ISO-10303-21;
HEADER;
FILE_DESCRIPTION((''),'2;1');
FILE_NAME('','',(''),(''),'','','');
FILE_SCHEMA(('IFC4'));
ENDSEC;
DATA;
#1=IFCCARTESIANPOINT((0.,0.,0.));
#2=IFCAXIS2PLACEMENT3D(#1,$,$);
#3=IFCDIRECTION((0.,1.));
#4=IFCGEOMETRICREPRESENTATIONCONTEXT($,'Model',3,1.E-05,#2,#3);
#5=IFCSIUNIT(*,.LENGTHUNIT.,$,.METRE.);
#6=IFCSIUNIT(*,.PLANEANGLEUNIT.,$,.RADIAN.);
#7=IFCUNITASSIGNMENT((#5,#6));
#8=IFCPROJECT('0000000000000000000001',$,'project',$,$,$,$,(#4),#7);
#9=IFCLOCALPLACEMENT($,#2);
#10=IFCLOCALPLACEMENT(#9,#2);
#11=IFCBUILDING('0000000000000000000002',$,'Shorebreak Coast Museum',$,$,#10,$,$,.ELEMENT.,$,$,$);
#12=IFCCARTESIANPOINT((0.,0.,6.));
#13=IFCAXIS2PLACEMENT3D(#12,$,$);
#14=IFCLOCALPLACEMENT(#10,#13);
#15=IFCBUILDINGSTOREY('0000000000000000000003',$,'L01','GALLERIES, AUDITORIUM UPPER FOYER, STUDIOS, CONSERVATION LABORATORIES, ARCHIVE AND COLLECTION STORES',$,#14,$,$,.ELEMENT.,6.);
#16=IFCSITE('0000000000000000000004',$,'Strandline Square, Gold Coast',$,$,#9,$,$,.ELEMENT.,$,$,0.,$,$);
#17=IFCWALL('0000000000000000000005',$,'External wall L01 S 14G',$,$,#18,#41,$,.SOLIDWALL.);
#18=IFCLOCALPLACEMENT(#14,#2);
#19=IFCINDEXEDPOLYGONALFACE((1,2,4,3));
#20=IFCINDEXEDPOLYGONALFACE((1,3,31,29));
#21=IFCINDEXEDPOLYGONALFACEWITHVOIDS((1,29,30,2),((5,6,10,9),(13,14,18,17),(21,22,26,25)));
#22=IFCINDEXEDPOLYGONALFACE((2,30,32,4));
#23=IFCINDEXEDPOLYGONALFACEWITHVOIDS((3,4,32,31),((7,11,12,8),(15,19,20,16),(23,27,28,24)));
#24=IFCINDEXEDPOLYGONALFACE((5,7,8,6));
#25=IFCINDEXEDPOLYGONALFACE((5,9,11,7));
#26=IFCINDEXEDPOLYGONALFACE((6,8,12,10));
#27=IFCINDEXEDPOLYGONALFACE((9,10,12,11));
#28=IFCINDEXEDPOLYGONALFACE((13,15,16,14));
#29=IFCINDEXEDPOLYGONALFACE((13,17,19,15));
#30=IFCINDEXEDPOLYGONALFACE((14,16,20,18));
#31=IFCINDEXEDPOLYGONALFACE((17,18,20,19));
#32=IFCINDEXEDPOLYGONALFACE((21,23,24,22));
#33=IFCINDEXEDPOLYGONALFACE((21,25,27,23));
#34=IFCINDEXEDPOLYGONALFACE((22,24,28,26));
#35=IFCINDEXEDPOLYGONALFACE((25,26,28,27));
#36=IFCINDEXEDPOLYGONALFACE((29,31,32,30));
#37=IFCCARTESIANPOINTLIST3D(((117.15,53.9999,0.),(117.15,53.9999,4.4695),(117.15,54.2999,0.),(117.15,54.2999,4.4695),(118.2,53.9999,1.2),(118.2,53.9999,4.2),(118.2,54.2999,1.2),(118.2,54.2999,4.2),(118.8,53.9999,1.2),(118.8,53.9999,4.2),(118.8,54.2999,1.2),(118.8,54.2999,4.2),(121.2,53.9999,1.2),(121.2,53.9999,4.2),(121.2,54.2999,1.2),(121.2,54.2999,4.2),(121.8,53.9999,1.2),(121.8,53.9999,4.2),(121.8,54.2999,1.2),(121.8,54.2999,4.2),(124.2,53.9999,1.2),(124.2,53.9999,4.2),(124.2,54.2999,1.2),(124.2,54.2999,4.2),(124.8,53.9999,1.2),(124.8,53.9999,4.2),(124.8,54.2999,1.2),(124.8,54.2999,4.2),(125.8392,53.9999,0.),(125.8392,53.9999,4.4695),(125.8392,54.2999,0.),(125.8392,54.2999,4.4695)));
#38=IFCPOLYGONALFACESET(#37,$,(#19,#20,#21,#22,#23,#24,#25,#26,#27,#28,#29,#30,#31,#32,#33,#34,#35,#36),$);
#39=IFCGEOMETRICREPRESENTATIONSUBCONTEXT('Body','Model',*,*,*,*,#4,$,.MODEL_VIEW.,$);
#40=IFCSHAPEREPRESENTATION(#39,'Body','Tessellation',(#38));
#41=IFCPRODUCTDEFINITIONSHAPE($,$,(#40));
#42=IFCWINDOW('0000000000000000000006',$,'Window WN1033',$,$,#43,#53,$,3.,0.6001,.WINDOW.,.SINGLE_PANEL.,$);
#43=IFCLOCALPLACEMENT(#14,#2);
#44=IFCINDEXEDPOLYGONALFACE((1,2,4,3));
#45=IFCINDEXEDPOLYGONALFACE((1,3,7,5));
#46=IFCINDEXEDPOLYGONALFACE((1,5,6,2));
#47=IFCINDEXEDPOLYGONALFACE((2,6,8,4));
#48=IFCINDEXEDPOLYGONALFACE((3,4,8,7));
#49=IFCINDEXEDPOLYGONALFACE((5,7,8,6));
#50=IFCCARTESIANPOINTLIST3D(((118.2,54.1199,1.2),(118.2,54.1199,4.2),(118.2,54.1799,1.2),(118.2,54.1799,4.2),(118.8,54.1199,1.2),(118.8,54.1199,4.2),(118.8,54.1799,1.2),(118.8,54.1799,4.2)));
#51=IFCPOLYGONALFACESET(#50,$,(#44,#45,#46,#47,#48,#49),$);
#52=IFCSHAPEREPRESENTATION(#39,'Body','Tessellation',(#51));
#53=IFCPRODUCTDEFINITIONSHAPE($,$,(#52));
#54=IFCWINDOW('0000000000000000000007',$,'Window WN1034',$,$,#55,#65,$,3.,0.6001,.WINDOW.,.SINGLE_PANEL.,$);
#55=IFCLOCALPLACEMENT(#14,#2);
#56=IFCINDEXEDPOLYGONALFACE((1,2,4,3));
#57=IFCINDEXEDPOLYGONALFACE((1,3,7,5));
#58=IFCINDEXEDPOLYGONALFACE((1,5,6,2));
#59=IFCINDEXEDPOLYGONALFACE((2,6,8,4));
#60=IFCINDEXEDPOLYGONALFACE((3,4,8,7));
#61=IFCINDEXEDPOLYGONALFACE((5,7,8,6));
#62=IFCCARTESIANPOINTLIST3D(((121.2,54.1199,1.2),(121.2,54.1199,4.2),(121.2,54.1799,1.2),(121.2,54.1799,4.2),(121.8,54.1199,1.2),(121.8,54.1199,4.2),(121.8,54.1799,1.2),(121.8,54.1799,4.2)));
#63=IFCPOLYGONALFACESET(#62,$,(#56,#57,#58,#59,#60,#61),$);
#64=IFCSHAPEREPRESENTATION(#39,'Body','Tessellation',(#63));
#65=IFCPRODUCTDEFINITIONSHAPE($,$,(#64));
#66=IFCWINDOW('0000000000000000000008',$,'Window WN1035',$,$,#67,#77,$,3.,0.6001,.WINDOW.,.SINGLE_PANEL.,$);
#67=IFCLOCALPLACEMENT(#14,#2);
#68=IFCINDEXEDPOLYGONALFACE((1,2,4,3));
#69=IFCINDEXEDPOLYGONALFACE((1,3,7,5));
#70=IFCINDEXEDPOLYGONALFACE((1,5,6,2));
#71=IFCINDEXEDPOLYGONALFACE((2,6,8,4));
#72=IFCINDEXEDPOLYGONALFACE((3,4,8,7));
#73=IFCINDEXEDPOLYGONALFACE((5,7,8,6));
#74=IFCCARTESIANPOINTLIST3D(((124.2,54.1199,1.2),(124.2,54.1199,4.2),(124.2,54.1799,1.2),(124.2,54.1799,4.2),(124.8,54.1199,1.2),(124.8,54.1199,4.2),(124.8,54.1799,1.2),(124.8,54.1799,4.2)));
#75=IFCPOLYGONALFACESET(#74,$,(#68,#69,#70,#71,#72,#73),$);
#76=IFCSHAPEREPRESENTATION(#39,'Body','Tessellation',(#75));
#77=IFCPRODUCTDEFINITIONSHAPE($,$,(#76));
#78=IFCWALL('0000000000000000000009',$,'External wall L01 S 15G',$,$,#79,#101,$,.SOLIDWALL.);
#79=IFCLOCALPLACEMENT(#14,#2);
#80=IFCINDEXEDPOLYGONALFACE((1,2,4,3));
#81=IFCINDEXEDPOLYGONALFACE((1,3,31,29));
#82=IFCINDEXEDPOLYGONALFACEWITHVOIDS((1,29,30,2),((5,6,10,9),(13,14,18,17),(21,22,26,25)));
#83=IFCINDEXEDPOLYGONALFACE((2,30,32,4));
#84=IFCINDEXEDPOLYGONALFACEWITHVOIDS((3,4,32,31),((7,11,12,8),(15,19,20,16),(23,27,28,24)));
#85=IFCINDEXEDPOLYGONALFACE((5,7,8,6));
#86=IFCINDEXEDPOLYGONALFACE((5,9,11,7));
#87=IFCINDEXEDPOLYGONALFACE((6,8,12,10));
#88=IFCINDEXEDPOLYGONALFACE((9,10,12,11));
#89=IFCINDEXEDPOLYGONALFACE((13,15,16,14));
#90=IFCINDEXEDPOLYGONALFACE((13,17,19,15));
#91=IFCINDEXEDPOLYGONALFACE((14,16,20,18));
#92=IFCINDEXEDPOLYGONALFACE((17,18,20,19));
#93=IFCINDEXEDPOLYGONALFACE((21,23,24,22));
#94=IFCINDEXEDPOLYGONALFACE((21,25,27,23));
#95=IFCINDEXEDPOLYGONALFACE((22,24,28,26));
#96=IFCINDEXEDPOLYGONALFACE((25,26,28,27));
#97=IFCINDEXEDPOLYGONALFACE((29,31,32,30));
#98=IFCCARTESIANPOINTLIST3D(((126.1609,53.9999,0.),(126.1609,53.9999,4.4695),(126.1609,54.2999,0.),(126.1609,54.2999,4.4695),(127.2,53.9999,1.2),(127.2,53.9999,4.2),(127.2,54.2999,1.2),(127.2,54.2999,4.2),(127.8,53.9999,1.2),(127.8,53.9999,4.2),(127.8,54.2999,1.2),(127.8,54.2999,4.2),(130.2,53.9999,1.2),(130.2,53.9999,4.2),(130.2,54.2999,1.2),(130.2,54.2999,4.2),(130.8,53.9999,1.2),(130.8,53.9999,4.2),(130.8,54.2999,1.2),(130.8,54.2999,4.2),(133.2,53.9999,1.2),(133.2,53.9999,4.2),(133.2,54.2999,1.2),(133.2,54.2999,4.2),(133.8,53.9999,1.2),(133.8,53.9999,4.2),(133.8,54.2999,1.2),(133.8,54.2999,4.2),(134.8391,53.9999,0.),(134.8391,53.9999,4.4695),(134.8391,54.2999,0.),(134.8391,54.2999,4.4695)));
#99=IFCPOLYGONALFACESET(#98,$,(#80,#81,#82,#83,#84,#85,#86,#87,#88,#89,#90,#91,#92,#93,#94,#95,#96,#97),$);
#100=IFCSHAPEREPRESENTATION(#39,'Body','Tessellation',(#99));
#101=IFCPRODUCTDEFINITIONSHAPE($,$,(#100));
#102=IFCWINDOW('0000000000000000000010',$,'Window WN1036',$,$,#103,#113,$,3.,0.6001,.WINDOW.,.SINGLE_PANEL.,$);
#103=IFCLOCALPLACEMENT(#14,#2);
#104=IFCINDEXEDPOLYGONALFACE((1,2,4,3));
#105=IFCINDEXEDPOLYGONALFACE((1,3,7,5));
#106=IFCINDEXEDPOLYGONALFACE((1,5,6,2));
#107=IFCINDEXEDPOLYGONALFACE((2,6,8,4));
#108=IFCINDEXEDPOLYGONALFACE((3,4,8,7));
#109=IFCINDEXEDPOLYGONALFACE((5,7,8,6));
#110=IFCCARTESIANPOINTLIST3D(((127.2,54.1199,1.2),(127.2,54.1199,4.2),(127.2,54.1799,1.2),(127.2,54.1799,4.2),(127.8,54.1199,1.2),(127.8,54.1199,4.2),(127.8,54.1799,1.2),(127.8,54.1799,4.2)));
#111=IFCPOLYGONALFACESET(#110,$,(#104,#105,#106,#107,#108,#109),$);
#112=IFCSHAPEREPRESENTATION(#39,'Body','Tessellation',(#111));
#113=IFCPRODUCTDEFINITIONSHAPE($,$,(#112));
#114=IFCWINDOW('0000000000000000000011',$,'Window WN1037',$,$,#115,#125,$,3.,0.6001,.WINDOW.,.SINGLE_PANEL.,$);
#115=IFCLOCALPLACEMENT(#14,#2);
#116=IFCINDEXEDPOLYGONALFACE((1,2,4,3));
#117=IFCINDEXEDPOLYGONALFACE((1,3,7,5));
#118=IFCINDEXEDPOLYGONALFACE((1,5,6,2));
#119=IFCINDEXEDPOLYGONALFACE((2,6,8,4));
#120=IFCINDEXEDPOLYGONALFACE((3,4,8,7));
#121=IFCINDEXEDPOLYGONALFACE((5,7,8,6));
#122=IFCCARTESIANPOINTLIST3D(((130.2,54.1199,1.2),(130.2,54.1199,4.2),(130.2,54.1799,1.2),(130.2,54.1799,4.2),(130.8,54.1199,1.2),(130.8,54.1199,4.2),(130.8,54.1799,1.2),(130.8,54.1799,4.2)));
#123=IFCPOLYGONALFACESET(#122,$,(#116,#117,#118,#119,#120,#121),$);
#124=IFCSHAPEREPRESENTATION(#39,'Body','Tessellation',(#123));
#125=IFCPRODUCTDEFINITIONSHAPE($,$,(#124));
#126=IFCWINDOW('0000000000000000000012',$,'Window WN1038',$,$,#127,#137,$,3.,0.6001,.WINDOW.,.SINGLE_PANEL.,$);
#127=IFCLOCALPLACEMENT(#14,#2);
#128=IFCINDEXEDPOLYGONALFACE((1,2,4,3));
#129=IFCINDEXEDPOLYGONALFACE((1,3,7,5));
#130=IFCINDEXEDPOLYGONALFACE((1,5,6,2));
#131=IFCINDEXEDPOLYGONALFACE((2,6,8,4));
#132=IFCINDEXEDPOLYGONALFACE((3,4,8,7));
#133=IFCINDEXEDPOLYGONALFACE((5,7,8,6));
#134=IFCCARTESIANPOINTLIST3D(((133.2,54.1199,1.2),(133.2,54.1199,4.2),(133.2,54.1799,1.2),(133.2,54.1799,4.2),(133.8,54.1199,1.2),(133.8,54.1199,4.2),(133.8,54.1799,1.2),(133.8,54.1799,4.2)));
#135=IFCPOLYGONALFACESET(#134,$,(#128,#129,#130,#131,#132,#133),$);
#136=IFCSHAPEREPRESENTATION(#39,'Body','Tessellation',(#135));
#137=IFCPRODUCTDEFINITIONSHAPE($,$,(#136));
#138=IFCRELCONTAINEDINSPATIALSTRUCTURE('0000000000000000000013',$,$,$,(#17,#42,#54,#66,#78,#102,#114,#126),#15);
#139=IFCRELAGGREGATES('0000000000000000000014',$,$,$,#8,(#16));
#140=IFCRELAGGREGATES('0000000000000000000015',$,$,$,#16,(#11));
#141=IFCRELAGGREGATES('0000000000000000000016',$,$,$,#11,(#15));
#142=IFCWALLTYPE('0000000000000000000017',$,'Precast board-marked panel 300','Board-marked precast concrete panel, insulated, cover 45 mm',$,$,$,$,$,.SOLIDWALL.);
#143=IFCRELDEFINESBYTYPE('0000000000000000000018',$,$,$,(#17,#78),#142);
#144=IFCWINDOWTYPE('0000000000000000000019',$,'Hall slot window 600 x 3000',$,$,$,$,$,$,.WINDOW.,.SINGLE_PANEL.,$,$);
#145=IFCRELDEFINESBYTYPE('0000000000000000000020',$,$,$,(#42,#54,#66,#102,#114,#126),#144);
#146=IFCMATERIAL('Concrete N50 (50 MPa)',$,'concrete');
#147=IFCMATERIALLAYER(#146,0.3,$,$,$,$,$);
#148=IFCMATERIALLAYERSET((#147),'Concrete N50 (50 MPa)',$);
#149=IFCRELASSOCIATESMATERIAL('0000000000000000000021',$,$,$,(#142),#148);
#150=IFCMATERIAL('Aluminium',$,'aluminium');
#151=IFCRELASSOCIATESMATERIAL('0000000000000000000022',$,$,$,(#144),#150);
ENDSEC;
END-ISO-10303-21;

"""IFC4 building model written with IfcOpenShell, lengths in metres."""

from ifc_helpers import new_model, si_unit, direction, frame, frame_2d, origin, place, context, subcontext, project, spatial, rectangle, extrude, material, layer, layer_set, type_object, element, fill, save


model = new_model("IFC4")

# Units and contexts
model_context = context("Model", 3, precision=1e-05, world=origin(), true_north=direction((0.0, 1.0)))
body_context = subcontext(model_context, "Body", "Model", "MODEL_VIEW")
ifc_project = project(units=[si_unit("LENGTHUNIT", "METRE"), si_unit("PLANEANGLEUNIT", "RADIAN")], contexts=[model_context])

# Site, building, storey
site_placement = place(None, origin())
site = spatial("IfcSite", under=ifc_project, at=site_placement, Name="Strandline Square, Gold Coast", CompositionType="ELEMENT", RefElevation=0.0)
building_placement = place(site_placement, origin())
building = spatial("IfcBuilding", under=site, at=building_placement, Name="Shorebreak Coast Museum", CompositionType="ELEMENT")
storey_placement = place(building_placement, frame((0.0, 0.0, 6.0)))
storey = spatial("IfcBuildingStorey", under=building, at=storey_placement, Name="L01", Description="GALLERIES, AUDITORIUM UPPER FOYER, STUDIOS, CONSERVATION LABORATORIES, ARCHIVE AND COLLECTION STORES", CompositionType="ELEMENT", Elevation=6.0)

# Walls, openings, windows
ifc_material_1 = material(Name="Concrete N50 (50 MPa)", Category="concrete")
ifc_layer_1 = layer(ifc_material_1, 0.3)
ifc_layer_set_1 = layer_set([ifc_layer_1], Name="Concrete N50 (50 MPa)")
wall_type_1 = type_object("IfcWallType", Name="Precast board-marked panel 300", Description="Board-marked precast concrete panel, insulated, cover 45 mm", PredefinedType="SOLIDWALL", material=ifc_layer_set_1)
wall_1_placement = place(storey_placement, frame((117.1499, 54.1499, 0.0), z_axis=(0.0, 0.0, 1.0), x_axis=(1.0, 0.0, 0.0)))
wall_1 = element("IfcWall", 1, at=wall_1_placement, inside=storey, type_object=wall_type_1, Name="External wall L01 S 14G", PredefinedType="SOLIDWALL", context=body_context, shape_type="SweptSolid", body=[
    extrude(rectangle(XDim=8.6892, YDim=0.3, at=frame_2d((4.3447, 0.0))), origin(), (0.0, 0.0, 1.0), 4.4695),
])
opening_1_placement = place(wall_1_placement, frame((1.05, 0.0, 1.2)))
opening_1 = element("IfcOpeningElement", 2, at=opening_1_placement, cuts=wall_1, PredefinedType="OPENING", context=body_context, shape_type="SweptSolid", body=[
    extrude(rectangle(XDim=0.6001, YDim=3.0, at=frame_2d((0.3, 1.5))), frame((0.0, 0.1599, 0.0), z_axis=(0.0, -1.0, 0.0), x_axis=(1.0, 0.0, 0.0)), (0.0, 0.0, 1.0), 0.3201),
])
opening_2_placement = place(wall_1_placement, frame((4.05, 0.0, 1.2)))
opening_2 = element("IfcOpeningElement", 3, at=opening_2_placement, cuts=wall_1, PredefinedType="OPENING", context=body_context, shape_type="SweptSolid", body=[
    extrude(rectangle(XDim=0.6001, YDim=3.0, at=frame_2d((0.3, 1.5))), frame((0.0, 0.1599, 0.0), z_axis=(0.0, -1.0, 0.0), x_axis=(1.0, 0.0, 0.0)), (0.0, 0.0, 1.0), 0.3201),
])
opening_3_placement = place(wall_1_placement, frame((7.05, 0.0, 1.2)))
opening_3 = element("IfcOpeningElement", 4, at=opening_3_placement, cuts=wall_1, PredefinedType="OPENING", context=body_context, shape_type="SweptSolid", body=[
    extrude(rectangle(XDim=0.6001, YDim=3.0, at=frame_2d((0.3, 1.5))), frame((0.0, 0.1599, 0.0), z_axis=(0.0, -1.0, 0.0), x_axis=(1.0, 0.0, 0.0)), (0.0, 0.0, 1.0), 0.3201),
])
ifc_material_2 = material(Name="Aluminium", Category="aluminium")
window_type = type_object("IfcWindowType", Name="Hall slot window 600 x 3000", PartitioningType="SINGLE_PANEL", PredefinedType="WINDOW", material=ifc_material_2)
window_1_placement = place(opening_1_placement, origin())
window_1 = element("IfcWindow", 5, at=window_1_placement, inside=storey, type_object=window_type, Name="Window WN1033", OverallHeight=3.0, OverallWidth=0.6001, PartitioningType="SINGLE_PANEL", PredefinedType="WINDOW", context=body_context, shape_type="SweptSolid", body=[
    extrude(rectangle(XDim=0.6001, YDim=3.0, at=frame_2d((0.3, 1.5))), frame((0.0, 0.03, 0.0), z_axis=(0.0, -1.0, 0.0), x_axis=(1.0, 0.0, 0.0)), (0.0, 0.0, 1.0), 0.0601),
])
fill(opening_1, window_1)
window_2_placement = place(opening_2_placement, origin())
window_2 = element("IfcWindow", 6, at=window_2_placement, inside=storey, type_object=window_type, Name="Window WN1034", OverallHeight=3.0, OverallWidth=0.6001, PartitioningType="SINGLE_PANEL", PredefinedType="WINDOW", context=body_context, shape_type="SweptSolid", body=[
    extrude(rectangle(XDim=0.6001, YDim=3.0, at=frame_2d((0.3, 1.5))), frame((0.0, 0.03, 0.0), z_axis=(0.0, -1.0, 0.0), x_axis=(1.0, 0.0, 0.0)), (0.0, 0.0, 1.0), 0.0601),
])
fill(opening_2, window_2)
window_3_placement = place(opening_3_placement, origin())
window_3 = element("IfcWindow", 7, at=window_3_placement, inside=storey, type_object=window_type, Name="Window WN1035", OverallHeight=3.0, OverallWidth=0.6001, PartitioningType="SINGLE_PANEL", PredefinedType="WINDOW", context=body_context, shape_type="SweptSolid", body=[
    extrude(rectangle(XDim=0.6001, YDim=3.0, at=frame_2d((0.3, 1.5))), frame((0.0, 0.03, 0.0), z_axis=(0.0, -1.0, 0.0), x_axis=(1.0, 0.0, 0.0)), (0.0, 0.0, 1.0), 0.0601),
])
fill(opening_3, window_3)
wall_2_placement = place(storey_placement, frame((126.1609, 54.1499, 0.0), z_axis=(0.0, 0.0, 1.0), x_axis=(1.0, 0.0, 0.0)))
wall_2 = element("IfcWall", 8, at=wall_2_placement, inside=storey, type_object=wall_type_1, Name="External wall L01 S 15G", PredefinedType="SOLIDWALL", context=body_context, shape_type="SweptSolid", body=[
    extrude(rectangle(XDim=8.6782, YDim=0.3, at=frame_2d((4.3391, 0.0))), origin(), (0.0, 0.0, 1.0), 4.4695),
])
opening_4_placement = place(wall_2_placement, frame((1.0391, 0.0, 1.2)))
opening_4 = element("IfcOpeningElement", 9, at=opening_4_placement, cuts=wall_2, PredefinedType="OPENING", context=body_context, shape_type="SweptSolid", body=[
    extrude(rectangle(XDim=0.6001, YDim=3.0, at=frame_2d((0.3, 1.5))), frame((0.0, 0.1599, 0.0), z_axis=(0.0, -1.0, 0.0), x_axis=(1.0, 0.0, 0.0)), (0.0, 0.0, 1.0), 0.3201),
])
opening_5_placement = place(wall_2_placement, frame((4.0391, 0.0, 1.2)))
opening_5 = element("IfcOpeningElement", 10, at=opening_5_placement, cuts=wall_2, PredefinedType="OPENING", context=body_context, shape_type="SweptSolid", body=[
    extrude(rectangle(XDim=0.6001, YDim=3.0, at=frame_2d((0.3, 1.5))), frame((0.0, 0.1599, 0.0), z_axis=(0.0, -1.0, 0.0), x_axis=(1.0, 0.0, 0.0)), (0.0, 0.0, 1.0), 0.3201),
])
opening_6_placement = place(wall_2_placement, frame((7.0391, 0.0, 1.2)))
opening_6 = element("IfcOpeningElement", 11, at=opening_6_placement, cuts=wall_2, PredefinedType="OPENING", context=body_context, shape_type="SweptSolid", body=[
    extrude(rectangle(XDim=0.6001, YDim=3.0, at=frame_2d((0.3, 1.5))), frame((0.0, 0.1599, 0.0), z_axis=(0.0, -1.0, 0.0), x_axis=(1.0, 0.0, 0.0)), (0.0, 0.0, 1.0), 0.3201),
])
window_4_placement = place(opening_4_placement, origin())
window_4 = element("IfcWindow", 12, at=window_4_placement, inside=storey, type_object=window_type, Name="Window WN1036", OverallHeight=3.0, OverallWidth=0.6001, PartitioningType="SINGLE_PANEL", PredefinedType="WINDOW", context=body_context, shape_type="SweptSolid", body=[
    extrude(rectangle(XDim=0.6001, YDim=3.0, at=frame_2d((0.3, 1.5))), frame((0.0, 0.03, 0.0), z_axis=(0.0, -1.0, 0.0), x_axis=(1.0, 0.0, 0.0)), (0.0, 0.0, 1.0), 0.0601),
])
fill(opening_4, window_4)
window_5_placement = place(opening_5_placement, origin())
window_5 = element("IfcWindow", 13, at=window_5_placement, inside=storey, type_object=window_type, Name="Window WN1037", OverallHeight=3.0, OverallWidth=0.6001, PartitioningType="SINGLE_PANEL", PredefinedType="WINDOW", context=body_context, shape_type="SweptSolid", body=[
    extrude(rectangle(XDim=0.6001, YDim=3.0, at=frame_2d((0.3, 1.5))), frame((0.0, 0.03, 0.0), z_axis=(0.0, -1.0, 0.0), x_axis=(1.0, 0.0, 0.0)), (0.0, 0.0, 1.0), 0.0601),
])
fill(opening_5, window_5)
window_6_placement = place(opening_6_placement, origin())
window_6 = element("IfcWindow", 14, at=window_6_placement, inside=storey, type_object=window_type, Name="Window WN1038", OverallHeight=3.0, OverallWidth=0.6001, PartitioningType="SINGLE_PANEL", PredefinedType="WINDOW", context=body_context, shape_type="SweptSolid", body=[
    extrude(rectangle(XDim=0.6001, YDim=3.0, at=frame_2d((0.3, 1.5))), frame((0.0, 0.03, 0.0), z_axis=(0.0, -1.0, 0.0), x_axis=(1.0, 0.0, 0.0)), (0.0, 0.0, 1.0), 0.0601),
])
fill(opening_6, window_6)

save(model, "model.ifc")
